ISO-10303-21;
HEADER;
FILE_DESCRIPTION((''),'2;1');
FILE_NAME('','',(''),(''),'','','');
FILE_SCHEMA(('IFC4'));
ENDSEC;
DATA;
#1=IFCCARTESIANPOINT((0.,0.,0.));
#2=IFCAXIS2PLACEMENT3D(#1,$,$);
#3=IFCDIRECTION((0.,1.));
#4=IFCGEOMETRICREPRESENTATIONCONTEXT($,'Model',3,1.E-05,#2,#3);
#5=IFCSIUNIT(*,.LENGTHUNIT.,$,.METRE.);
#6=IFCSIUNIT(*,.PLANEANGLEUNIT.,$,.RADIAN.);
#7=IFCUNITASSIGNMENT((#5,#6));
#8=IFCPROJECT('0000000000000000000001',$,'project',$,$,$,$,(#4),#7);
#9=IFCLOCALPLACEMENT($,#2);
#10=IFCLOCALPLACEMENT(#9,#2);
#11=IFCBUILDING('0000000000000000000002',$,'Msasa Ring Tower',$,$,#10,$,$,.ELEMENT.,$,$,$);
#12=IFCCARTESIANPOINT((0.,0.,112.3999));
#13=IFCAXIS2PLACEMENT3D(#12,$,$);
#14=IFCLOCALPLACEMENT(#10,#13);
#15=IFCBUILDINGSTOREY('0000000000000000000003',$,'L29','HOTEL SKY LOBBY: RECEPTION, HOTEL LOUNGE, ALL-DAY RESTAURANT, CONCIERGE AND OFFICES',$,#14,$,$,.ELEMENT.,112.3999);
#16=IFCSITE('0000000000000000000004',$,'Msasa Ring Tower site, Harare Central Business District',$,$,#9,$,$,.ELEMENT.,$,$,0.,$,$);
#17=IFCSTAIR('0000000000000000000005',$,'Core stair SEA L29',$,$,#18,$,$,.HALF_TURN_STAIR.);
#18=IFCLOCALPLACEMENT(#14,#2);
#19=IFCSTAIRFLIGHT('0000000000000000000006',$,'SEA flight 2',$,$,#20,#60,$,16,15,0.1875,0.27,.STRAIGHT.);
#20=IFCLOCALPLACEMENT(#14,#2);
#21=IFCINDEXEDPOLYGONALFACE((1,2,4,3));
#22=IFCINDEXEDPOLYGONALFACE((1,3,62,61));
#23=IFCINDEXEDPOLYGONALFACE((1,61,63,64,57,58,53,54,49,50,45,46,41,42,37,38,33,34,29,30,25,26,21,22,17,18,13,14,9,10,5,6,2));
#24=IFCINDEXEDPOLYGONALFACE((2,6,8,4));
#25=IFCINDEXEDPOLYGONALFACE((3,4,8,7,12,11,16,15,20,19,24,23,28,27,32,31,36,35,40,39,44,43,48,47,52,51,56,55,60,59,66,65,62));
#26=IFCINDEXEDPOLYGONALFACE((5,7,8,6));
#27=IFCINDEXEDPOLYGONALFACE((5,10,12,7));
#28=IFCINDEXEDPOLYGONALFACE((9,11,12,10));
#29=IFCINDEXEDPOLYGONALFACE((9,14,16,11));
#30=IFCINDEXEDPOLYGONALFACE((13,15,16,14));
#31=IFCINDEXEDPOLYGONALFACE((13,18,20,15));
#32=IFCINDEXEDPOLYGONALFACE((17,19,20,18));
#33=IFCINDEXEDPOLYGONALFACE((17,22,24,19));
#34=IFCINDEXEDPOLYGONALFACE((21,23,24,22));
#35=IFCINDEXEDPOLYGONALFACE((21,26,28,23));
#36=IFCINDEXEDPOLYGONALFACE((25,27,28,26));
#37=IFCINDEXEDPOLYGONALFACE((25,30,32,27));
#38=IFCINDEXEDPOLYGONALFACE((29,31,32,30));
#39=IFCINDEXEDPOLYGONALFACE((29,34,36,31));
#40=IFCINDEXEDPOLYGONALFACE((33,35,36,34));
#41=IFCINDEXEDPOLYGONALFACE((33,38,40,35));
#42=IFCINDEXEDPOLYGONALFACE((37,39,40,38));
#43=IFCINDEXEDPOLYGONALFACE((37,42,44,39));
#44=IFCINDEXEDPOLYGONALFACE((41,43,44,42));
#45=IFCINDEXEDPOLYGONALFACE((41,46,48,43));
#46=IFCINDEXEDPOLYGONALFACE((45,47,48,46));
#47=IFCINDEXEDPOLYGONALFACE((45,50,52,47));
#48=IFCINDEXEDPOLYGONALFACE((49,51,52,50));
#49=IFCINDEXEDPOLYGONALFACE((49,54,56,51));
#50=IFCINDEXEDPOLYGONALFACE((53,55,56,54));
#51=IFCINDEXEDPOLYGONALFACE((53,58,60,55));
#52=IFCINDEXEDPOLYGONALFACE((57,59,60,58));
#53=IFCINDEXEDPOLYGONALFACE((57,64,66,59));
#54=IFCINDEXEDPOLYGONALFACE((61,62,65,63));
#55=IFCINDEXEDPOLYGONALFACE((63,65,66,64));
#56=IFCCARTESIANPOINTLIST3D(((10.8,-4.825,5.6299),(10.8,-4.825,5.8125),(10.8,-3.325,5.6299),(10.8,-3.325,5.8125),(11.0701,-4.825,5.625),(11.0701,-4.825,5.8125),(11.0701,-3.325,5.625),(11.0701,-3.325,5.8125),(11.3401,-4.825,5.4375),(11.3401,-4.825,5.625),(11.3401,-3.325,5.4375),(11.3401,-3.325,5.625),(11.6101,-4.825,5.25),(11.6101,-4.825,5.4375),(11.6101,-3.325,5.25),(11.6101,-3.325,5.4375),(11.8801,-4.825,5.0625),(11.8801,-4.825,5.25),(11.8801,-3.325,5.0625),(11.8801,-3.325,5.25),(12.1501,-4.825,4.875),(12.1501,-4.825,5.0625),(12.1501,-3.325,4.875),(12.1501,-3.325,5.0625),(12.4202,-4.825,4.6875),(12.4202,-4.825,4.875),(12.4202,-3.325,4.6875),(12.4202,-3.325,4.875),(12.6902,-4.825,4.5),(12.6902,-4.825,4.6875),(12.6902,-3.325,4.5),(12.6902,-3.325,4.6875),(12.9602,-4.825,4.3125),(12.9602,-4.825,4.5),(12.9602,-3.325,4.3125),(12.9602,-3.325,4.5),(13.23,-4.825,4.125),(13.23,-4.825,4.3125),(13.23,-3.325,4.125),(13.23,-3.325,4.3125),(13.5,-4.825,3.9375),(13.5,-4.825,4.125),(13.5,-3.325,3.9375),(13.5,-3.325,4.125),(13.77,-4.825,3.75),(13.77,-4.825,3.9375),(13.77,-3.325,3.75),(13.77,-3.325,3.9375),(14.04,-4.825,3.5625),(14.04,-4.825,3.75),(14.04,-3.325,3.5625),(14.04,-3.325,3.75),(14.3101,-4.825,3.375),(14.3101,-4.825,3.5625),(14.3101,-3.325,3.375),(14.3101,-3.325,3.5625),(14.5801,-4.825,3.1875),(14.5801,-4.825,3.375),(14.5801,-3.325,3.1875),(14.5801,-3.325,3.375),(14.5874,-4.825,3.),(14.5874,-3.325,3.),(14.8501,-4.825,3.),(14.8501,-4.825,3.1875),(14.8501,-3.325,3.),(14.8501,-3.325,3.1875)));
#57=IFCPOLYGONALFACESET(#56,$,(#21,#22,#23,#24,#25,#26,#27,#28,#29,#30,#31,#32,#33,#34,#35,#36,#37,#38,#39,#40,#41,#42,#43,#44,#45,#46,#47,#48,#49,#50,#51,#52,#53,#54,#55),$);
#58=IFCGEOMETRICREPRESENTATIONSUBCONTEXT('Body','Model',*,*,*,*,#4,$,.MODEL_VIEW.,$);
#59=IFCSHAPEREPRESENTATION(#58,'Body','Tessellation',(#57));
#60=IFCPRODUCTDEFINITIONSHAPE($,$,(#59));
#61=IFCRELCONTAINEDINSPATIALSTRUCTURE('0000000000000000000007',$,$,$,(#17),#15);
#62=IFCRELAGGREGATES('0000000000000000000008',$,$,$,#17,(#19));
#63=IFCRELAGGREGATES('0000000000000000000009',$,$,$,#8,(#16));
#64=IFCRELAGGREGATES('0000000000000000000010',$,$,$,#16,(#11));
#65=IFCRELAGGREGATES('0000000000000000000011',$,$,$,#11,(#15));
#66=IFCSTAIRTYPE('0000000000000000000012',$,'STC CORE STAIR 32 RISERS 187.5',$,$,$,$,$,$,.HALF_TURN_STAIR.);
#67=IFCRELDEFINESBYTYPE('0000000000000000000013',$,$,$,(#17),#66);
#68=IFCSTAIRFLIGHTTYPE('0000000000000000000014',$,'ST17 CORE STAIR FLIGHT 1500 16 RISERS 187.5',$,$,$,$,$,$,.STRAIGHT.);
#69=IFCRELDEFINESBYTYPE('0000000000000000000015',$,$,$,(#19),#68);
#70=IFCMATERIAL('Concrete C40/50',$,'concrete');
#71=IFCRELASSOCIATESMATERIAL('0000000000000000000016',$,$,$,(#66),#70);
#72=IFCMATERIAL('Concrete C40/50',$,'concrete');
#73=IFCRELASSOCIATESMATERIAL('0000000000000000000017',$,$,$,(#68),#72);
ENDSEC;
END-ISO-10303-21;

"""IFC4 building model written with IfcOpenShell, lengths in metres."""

from ifc_helpers import new_model, si_unit, direction, frame, origin, place, context, subcontext, project, spatial, polyline, outline, extrude, material, type_object, element, aggregate, save


model = new_model("IFC4")

# Units and contexts
model_context = context("Model", 3, precision=1e-05, world=origin(), true_north=direction((0.0, 1.0)))
body_context = subcontext(model_context, "Body", "Model", "MODEL_VIEW")
ifc_project = project(units=[si_unit("LENGTHUNIT", "METRE"), si_unit("PLANEANGLEUNIT", "RADIAN")], contexts=[model_context])

# Site, building, storey
site_placement = place(None, origin())
site = spatial("IfcSite", under=ifc_project, at=site_placement, Name="Msasa Ring Tower site, Harare Central Business District", CompositionType="ELEMENT", RefElevation=0.0)
building_placement = place(site_placement, origin())
building = spatial("IfcBuilding", under=site, at=building_placement, Name="Msasa Ring Tower", CompositionType="ELEMENT")
storey_placement = place(building_placement, frame((0.0, 0.0, 112.3999)))
storey = spatial("IfcBuildingStorey", under=building, at=storey_placement, Name="L29", Description="HOTEL SKY LOBBY: RECEPTION, HOTEL LOUNGE, ALL-DAY RESTAURANT, CONCIERGE AND OFFICES", CompositionType="ELEMENT", Elevation=112.3999)

# Stair, stair flight
ifc_material_1 = material(Name="Concrete C40/50", Category="concrete")
stair_type = type_object("IfcStairType", Name="STC CORE STAIR 32 RISERS 187.5", PredefinedType="HALF_TURN_STAIR", material=ifc_material_1)
stair_placement = place(storey_placement, origin())
stair = element("IfcStair", 1, at=stair_placement, inside=storey, type_object=stair_type, Name="Core stair SEA L29", PredefinedType="HALF_TURN_STAIR")
ifc_material_2 = material(Name="Concrete C40/50", Category="concrete")
stair_flight_type = type_object("IfcStairFlightType", Name="ST17 CORE STAIR FLIGHT 1500 16 RISERS 187.5", PredefinedType="STRAIGHT", material=ifc_material_2)
stair_flight_placement = place(storey_placement, frame((14.8501, -4.075, 3.0), z_axis=(0.0, 0.0, 1.0), x_axis=(-1.0, 0.0, 0.0)))
stair_flight = element("IfcStairFlight", 2, at=stair_flight_placement, type_object=stair_flight_type, Name="SEA flight 2", NumberOfRisers=16, NumberOfTreads=15, PredefinedType="STRAIGHT", RiserHeight=0.1875, TreadLength=0.27, context=body_context, shape_type="SweptSolid", body=[
    extrude(outline(polyline([(0.0, 0.0), (0.0, 0.1875), (0.27, 0.1875), (0.27, 0.375), (0.54, 0.375), (0.54, 0.5625), (0.8101, 0.5625), (0.8101, 0.75), (1.0801, 0.75), (1.0801, 0.9375), (1.3501, 0.9375), (1.3501, 1.125), (1.6201, 1.125), (1.6201, 1.3125), (1.8899, 1.3125), (1.8899, 1.5), (2.1599, 1.5), (2.1599, 1.6875), (2.4299, 1.6875), (2.4299, 1.875), (2.7, 1.875), (2.7, 2.0625), (2.97, 2.0625), (2.97, 2.25), (3.24, 2.25), (3.24, 2.4375), (3.51, 2.4375), (3.51, 2.625), (3.78, 2.625), (3.78, 2.8125), (4.05, 2.8125), (4.05, 3.0), (4.05, 2.6299), (0.2627, 0.0), (0.0, 0.0)])), frame((0.0, 0.75, 0.0), z_axis=(0.0, -1.0, 0.0), x_axis=(1.0, 0.0, 0.0)), (0.0, 0.0, 1.0), 1.5),
])
aggregate(stair, [stair_flight])

save(model, "model.ifc")
